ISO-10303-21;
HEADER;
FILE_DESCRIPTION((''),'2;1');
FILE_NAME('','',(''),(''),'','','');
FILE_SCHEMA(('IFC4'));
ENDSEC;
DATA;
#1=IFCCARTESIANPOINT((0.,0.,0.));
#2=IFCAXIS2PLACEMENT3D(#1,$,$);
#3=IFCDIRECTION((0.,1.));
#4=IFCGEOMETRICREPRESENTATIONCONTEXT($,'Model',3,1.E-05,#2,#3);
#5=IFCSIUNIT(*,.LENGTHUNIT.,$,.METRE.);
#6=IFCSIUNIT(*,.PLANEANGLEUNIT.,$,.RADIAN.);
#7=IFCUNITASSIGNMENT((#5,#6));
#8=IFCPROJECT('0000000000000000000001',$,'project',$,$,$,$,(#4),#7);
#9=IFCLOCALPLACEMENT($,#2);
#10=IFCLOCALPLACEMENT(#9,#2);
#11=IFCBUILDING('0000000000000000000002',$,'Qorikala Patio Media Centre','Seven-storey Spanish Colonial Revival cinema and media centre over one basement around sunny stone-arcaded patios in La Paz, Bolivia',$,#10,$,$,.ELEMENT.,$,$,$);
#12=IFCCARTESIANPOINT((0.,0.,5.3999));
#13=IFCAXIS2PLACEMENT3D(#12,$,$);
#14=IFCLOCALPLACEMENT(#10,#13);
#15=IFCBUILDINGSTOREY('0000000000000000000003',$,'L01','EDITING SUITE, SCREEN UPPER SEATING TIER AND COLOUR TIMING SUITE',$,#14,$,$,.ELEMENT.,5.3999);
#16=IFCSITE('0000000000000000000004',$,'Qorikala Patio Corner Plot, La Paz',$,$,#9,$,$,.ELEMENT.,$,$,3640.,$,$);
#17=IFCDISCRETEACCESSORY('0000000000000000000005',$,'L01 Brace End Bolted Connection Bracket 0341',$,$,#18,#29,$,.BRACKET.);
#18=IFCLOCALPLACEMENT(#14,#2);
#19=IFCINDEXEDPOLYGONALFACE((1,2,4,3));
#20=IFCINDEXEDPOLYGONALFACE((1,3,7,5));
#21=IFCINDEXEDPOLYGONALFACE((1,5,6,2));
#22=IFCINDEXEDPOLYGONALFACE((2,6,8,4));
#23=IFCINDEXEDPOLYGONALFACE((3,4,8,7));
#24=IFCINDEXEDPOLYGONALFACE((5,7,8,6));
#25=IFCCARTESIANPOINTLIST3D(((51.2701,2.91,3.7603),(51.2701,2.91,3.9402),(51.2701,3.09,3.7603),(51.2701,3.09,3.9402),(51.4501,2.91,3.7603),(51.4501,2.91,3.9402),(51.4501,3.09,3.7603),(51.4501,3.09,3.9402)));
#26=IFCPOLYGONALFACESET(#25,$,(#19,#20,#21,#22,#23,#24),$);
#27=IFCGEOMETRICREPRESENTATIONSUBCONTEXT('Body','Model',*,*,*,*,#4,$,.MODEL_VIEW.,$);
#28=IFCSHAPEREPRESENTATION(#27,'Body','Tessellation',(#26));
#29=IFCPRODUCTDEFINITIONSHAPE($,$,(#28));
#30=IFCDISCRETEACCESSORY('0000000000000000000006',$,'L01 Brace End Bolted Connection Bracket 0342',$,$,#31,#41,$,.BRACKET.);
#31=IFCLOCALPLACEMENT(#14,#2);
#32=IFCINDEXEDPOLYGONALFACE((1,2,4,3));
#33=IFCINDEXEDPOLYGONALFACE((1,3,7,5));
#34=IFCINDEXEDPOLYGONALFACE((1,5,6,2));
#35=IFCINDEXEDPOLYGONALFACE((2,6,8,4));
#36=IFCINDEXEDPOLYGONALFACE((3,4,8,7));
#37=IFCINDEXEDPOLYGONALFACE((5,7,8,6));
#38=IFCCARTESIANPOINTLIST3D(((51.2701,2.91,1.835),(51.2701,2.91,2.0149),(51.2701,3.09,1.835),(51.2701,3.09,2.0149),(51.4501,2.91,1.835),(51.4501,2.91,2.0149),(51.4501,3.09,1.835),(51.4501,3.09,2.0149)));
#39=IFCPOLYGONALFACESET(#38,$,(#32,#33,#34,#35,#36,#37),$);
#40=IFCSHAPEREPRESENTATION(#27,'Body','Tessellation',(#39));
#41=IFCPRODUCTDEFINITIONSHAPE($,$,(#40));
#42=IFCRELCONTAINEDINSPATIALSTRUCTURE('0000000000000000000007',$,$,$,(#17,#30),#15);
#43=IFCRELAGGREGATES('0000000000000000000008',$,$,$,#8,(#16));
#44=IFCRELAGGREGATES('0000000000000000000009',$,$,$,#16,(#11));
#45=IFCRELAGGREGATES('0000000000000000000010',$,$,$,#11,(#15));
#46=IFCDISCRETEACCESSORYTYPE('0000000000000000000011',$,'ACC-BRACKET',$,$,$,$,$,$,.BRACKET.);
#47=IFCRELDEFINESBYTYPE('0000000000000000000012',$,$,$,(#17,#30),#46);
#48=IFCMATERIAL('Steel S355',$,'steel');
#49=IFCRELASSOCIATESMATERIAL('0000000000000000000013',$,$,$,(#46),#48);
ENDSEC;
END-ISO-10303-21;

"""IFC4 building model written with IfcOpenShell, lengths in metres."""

from ifc_helpers import new_model, si_unit, direction, frame, origin, origin_2d, place, context, subcontext, project, spatial, rectangle, extrude, material, type_object, element, save


model = new_model("IFC4")

# Units and contexts
model_context = context("Model", 3, precision=1e-05, world=origin(), true_north=direction((0.0, 1.0)))
body_context = subcontext(model_context, "Body", "Model", "MODEL_VIEW")
ifc_project = project(units=[si_unit("LENGTHUNIT", "METRE"), si_unit("PLANEANGLEUNIT", "RADIAN")], contexts=[model_context])

# Site, building, storey
site_placement = place(None, origin())
site = spatial("IfcSite", under=ifc_project, at=site_placement, Name="Qorikala Patio Corner Plot, La Paz", CompositionType="ELEMENT", RefElevation=3640.0)
building_placement = place(site_placement, origin())
building = spatial("IfcBuilding", under=site, at=building_placement, Name="Qorikala Patio Media Centre", Description="Seven-storey Spanish Colonial Revival cinema and media centre over one basement around sunny stone-arcaded patios in La Paz, Bolivia", CompositionType="ELEMENT")
storey_placement = place(building_placement, frame((0.0, 0.0, 5.3999)))
storey = spatial("IfcBuildingStorey", under=building, at=storey_placement, Name="L01", Description="EDITING SUITE, SCREEN UPPER SEATING TIER AND COLOUR TIMING SUITE", CompositionType="ELEMENT", Elevation=5.3999)

# Discrete accessories
ifc_material_1 = material(Name="Steel S355", Category="steel")
discrete_accessory_type = type_object("IfcDiscreteAccessoryType", Name="ACC-BRACKET", PredefinedType="BRACKET", material=ifc_material_1)
for number, where, z_axis, x_axis, name in (
    (1, (51.3601, 3.0, 3.7603), (0.0, 0.0, 1.0), (1.0, 0.0, 0.0), "L01 Brace End Bolted Connection Bracket 0341"),
    (2, (51.3601, 3.0, 1.835), (0.0, 0.0, 1.0), (1.0, 0.0, 0.0), "L01 Brace End Bolted Connection Bracket 0342"),
):
    element("IfcDiscreteAccessory", number, at=place(storey_placement, frame(where, z_axis=z_axis, x_axis=x_axis)), inside=storey, type_object=discrete_accessory_type, Name=name, PredefinedType="BRACKET", context=body_context, shape_type="SweptSolid", body=[
        extrude(rectangle(XDim=0.1799, YDim=0.1799, at=origin_2d()), origin(), (0.0, 0.0, 1.0), 0.1799),
    ])

save(model, "model.ifc")
